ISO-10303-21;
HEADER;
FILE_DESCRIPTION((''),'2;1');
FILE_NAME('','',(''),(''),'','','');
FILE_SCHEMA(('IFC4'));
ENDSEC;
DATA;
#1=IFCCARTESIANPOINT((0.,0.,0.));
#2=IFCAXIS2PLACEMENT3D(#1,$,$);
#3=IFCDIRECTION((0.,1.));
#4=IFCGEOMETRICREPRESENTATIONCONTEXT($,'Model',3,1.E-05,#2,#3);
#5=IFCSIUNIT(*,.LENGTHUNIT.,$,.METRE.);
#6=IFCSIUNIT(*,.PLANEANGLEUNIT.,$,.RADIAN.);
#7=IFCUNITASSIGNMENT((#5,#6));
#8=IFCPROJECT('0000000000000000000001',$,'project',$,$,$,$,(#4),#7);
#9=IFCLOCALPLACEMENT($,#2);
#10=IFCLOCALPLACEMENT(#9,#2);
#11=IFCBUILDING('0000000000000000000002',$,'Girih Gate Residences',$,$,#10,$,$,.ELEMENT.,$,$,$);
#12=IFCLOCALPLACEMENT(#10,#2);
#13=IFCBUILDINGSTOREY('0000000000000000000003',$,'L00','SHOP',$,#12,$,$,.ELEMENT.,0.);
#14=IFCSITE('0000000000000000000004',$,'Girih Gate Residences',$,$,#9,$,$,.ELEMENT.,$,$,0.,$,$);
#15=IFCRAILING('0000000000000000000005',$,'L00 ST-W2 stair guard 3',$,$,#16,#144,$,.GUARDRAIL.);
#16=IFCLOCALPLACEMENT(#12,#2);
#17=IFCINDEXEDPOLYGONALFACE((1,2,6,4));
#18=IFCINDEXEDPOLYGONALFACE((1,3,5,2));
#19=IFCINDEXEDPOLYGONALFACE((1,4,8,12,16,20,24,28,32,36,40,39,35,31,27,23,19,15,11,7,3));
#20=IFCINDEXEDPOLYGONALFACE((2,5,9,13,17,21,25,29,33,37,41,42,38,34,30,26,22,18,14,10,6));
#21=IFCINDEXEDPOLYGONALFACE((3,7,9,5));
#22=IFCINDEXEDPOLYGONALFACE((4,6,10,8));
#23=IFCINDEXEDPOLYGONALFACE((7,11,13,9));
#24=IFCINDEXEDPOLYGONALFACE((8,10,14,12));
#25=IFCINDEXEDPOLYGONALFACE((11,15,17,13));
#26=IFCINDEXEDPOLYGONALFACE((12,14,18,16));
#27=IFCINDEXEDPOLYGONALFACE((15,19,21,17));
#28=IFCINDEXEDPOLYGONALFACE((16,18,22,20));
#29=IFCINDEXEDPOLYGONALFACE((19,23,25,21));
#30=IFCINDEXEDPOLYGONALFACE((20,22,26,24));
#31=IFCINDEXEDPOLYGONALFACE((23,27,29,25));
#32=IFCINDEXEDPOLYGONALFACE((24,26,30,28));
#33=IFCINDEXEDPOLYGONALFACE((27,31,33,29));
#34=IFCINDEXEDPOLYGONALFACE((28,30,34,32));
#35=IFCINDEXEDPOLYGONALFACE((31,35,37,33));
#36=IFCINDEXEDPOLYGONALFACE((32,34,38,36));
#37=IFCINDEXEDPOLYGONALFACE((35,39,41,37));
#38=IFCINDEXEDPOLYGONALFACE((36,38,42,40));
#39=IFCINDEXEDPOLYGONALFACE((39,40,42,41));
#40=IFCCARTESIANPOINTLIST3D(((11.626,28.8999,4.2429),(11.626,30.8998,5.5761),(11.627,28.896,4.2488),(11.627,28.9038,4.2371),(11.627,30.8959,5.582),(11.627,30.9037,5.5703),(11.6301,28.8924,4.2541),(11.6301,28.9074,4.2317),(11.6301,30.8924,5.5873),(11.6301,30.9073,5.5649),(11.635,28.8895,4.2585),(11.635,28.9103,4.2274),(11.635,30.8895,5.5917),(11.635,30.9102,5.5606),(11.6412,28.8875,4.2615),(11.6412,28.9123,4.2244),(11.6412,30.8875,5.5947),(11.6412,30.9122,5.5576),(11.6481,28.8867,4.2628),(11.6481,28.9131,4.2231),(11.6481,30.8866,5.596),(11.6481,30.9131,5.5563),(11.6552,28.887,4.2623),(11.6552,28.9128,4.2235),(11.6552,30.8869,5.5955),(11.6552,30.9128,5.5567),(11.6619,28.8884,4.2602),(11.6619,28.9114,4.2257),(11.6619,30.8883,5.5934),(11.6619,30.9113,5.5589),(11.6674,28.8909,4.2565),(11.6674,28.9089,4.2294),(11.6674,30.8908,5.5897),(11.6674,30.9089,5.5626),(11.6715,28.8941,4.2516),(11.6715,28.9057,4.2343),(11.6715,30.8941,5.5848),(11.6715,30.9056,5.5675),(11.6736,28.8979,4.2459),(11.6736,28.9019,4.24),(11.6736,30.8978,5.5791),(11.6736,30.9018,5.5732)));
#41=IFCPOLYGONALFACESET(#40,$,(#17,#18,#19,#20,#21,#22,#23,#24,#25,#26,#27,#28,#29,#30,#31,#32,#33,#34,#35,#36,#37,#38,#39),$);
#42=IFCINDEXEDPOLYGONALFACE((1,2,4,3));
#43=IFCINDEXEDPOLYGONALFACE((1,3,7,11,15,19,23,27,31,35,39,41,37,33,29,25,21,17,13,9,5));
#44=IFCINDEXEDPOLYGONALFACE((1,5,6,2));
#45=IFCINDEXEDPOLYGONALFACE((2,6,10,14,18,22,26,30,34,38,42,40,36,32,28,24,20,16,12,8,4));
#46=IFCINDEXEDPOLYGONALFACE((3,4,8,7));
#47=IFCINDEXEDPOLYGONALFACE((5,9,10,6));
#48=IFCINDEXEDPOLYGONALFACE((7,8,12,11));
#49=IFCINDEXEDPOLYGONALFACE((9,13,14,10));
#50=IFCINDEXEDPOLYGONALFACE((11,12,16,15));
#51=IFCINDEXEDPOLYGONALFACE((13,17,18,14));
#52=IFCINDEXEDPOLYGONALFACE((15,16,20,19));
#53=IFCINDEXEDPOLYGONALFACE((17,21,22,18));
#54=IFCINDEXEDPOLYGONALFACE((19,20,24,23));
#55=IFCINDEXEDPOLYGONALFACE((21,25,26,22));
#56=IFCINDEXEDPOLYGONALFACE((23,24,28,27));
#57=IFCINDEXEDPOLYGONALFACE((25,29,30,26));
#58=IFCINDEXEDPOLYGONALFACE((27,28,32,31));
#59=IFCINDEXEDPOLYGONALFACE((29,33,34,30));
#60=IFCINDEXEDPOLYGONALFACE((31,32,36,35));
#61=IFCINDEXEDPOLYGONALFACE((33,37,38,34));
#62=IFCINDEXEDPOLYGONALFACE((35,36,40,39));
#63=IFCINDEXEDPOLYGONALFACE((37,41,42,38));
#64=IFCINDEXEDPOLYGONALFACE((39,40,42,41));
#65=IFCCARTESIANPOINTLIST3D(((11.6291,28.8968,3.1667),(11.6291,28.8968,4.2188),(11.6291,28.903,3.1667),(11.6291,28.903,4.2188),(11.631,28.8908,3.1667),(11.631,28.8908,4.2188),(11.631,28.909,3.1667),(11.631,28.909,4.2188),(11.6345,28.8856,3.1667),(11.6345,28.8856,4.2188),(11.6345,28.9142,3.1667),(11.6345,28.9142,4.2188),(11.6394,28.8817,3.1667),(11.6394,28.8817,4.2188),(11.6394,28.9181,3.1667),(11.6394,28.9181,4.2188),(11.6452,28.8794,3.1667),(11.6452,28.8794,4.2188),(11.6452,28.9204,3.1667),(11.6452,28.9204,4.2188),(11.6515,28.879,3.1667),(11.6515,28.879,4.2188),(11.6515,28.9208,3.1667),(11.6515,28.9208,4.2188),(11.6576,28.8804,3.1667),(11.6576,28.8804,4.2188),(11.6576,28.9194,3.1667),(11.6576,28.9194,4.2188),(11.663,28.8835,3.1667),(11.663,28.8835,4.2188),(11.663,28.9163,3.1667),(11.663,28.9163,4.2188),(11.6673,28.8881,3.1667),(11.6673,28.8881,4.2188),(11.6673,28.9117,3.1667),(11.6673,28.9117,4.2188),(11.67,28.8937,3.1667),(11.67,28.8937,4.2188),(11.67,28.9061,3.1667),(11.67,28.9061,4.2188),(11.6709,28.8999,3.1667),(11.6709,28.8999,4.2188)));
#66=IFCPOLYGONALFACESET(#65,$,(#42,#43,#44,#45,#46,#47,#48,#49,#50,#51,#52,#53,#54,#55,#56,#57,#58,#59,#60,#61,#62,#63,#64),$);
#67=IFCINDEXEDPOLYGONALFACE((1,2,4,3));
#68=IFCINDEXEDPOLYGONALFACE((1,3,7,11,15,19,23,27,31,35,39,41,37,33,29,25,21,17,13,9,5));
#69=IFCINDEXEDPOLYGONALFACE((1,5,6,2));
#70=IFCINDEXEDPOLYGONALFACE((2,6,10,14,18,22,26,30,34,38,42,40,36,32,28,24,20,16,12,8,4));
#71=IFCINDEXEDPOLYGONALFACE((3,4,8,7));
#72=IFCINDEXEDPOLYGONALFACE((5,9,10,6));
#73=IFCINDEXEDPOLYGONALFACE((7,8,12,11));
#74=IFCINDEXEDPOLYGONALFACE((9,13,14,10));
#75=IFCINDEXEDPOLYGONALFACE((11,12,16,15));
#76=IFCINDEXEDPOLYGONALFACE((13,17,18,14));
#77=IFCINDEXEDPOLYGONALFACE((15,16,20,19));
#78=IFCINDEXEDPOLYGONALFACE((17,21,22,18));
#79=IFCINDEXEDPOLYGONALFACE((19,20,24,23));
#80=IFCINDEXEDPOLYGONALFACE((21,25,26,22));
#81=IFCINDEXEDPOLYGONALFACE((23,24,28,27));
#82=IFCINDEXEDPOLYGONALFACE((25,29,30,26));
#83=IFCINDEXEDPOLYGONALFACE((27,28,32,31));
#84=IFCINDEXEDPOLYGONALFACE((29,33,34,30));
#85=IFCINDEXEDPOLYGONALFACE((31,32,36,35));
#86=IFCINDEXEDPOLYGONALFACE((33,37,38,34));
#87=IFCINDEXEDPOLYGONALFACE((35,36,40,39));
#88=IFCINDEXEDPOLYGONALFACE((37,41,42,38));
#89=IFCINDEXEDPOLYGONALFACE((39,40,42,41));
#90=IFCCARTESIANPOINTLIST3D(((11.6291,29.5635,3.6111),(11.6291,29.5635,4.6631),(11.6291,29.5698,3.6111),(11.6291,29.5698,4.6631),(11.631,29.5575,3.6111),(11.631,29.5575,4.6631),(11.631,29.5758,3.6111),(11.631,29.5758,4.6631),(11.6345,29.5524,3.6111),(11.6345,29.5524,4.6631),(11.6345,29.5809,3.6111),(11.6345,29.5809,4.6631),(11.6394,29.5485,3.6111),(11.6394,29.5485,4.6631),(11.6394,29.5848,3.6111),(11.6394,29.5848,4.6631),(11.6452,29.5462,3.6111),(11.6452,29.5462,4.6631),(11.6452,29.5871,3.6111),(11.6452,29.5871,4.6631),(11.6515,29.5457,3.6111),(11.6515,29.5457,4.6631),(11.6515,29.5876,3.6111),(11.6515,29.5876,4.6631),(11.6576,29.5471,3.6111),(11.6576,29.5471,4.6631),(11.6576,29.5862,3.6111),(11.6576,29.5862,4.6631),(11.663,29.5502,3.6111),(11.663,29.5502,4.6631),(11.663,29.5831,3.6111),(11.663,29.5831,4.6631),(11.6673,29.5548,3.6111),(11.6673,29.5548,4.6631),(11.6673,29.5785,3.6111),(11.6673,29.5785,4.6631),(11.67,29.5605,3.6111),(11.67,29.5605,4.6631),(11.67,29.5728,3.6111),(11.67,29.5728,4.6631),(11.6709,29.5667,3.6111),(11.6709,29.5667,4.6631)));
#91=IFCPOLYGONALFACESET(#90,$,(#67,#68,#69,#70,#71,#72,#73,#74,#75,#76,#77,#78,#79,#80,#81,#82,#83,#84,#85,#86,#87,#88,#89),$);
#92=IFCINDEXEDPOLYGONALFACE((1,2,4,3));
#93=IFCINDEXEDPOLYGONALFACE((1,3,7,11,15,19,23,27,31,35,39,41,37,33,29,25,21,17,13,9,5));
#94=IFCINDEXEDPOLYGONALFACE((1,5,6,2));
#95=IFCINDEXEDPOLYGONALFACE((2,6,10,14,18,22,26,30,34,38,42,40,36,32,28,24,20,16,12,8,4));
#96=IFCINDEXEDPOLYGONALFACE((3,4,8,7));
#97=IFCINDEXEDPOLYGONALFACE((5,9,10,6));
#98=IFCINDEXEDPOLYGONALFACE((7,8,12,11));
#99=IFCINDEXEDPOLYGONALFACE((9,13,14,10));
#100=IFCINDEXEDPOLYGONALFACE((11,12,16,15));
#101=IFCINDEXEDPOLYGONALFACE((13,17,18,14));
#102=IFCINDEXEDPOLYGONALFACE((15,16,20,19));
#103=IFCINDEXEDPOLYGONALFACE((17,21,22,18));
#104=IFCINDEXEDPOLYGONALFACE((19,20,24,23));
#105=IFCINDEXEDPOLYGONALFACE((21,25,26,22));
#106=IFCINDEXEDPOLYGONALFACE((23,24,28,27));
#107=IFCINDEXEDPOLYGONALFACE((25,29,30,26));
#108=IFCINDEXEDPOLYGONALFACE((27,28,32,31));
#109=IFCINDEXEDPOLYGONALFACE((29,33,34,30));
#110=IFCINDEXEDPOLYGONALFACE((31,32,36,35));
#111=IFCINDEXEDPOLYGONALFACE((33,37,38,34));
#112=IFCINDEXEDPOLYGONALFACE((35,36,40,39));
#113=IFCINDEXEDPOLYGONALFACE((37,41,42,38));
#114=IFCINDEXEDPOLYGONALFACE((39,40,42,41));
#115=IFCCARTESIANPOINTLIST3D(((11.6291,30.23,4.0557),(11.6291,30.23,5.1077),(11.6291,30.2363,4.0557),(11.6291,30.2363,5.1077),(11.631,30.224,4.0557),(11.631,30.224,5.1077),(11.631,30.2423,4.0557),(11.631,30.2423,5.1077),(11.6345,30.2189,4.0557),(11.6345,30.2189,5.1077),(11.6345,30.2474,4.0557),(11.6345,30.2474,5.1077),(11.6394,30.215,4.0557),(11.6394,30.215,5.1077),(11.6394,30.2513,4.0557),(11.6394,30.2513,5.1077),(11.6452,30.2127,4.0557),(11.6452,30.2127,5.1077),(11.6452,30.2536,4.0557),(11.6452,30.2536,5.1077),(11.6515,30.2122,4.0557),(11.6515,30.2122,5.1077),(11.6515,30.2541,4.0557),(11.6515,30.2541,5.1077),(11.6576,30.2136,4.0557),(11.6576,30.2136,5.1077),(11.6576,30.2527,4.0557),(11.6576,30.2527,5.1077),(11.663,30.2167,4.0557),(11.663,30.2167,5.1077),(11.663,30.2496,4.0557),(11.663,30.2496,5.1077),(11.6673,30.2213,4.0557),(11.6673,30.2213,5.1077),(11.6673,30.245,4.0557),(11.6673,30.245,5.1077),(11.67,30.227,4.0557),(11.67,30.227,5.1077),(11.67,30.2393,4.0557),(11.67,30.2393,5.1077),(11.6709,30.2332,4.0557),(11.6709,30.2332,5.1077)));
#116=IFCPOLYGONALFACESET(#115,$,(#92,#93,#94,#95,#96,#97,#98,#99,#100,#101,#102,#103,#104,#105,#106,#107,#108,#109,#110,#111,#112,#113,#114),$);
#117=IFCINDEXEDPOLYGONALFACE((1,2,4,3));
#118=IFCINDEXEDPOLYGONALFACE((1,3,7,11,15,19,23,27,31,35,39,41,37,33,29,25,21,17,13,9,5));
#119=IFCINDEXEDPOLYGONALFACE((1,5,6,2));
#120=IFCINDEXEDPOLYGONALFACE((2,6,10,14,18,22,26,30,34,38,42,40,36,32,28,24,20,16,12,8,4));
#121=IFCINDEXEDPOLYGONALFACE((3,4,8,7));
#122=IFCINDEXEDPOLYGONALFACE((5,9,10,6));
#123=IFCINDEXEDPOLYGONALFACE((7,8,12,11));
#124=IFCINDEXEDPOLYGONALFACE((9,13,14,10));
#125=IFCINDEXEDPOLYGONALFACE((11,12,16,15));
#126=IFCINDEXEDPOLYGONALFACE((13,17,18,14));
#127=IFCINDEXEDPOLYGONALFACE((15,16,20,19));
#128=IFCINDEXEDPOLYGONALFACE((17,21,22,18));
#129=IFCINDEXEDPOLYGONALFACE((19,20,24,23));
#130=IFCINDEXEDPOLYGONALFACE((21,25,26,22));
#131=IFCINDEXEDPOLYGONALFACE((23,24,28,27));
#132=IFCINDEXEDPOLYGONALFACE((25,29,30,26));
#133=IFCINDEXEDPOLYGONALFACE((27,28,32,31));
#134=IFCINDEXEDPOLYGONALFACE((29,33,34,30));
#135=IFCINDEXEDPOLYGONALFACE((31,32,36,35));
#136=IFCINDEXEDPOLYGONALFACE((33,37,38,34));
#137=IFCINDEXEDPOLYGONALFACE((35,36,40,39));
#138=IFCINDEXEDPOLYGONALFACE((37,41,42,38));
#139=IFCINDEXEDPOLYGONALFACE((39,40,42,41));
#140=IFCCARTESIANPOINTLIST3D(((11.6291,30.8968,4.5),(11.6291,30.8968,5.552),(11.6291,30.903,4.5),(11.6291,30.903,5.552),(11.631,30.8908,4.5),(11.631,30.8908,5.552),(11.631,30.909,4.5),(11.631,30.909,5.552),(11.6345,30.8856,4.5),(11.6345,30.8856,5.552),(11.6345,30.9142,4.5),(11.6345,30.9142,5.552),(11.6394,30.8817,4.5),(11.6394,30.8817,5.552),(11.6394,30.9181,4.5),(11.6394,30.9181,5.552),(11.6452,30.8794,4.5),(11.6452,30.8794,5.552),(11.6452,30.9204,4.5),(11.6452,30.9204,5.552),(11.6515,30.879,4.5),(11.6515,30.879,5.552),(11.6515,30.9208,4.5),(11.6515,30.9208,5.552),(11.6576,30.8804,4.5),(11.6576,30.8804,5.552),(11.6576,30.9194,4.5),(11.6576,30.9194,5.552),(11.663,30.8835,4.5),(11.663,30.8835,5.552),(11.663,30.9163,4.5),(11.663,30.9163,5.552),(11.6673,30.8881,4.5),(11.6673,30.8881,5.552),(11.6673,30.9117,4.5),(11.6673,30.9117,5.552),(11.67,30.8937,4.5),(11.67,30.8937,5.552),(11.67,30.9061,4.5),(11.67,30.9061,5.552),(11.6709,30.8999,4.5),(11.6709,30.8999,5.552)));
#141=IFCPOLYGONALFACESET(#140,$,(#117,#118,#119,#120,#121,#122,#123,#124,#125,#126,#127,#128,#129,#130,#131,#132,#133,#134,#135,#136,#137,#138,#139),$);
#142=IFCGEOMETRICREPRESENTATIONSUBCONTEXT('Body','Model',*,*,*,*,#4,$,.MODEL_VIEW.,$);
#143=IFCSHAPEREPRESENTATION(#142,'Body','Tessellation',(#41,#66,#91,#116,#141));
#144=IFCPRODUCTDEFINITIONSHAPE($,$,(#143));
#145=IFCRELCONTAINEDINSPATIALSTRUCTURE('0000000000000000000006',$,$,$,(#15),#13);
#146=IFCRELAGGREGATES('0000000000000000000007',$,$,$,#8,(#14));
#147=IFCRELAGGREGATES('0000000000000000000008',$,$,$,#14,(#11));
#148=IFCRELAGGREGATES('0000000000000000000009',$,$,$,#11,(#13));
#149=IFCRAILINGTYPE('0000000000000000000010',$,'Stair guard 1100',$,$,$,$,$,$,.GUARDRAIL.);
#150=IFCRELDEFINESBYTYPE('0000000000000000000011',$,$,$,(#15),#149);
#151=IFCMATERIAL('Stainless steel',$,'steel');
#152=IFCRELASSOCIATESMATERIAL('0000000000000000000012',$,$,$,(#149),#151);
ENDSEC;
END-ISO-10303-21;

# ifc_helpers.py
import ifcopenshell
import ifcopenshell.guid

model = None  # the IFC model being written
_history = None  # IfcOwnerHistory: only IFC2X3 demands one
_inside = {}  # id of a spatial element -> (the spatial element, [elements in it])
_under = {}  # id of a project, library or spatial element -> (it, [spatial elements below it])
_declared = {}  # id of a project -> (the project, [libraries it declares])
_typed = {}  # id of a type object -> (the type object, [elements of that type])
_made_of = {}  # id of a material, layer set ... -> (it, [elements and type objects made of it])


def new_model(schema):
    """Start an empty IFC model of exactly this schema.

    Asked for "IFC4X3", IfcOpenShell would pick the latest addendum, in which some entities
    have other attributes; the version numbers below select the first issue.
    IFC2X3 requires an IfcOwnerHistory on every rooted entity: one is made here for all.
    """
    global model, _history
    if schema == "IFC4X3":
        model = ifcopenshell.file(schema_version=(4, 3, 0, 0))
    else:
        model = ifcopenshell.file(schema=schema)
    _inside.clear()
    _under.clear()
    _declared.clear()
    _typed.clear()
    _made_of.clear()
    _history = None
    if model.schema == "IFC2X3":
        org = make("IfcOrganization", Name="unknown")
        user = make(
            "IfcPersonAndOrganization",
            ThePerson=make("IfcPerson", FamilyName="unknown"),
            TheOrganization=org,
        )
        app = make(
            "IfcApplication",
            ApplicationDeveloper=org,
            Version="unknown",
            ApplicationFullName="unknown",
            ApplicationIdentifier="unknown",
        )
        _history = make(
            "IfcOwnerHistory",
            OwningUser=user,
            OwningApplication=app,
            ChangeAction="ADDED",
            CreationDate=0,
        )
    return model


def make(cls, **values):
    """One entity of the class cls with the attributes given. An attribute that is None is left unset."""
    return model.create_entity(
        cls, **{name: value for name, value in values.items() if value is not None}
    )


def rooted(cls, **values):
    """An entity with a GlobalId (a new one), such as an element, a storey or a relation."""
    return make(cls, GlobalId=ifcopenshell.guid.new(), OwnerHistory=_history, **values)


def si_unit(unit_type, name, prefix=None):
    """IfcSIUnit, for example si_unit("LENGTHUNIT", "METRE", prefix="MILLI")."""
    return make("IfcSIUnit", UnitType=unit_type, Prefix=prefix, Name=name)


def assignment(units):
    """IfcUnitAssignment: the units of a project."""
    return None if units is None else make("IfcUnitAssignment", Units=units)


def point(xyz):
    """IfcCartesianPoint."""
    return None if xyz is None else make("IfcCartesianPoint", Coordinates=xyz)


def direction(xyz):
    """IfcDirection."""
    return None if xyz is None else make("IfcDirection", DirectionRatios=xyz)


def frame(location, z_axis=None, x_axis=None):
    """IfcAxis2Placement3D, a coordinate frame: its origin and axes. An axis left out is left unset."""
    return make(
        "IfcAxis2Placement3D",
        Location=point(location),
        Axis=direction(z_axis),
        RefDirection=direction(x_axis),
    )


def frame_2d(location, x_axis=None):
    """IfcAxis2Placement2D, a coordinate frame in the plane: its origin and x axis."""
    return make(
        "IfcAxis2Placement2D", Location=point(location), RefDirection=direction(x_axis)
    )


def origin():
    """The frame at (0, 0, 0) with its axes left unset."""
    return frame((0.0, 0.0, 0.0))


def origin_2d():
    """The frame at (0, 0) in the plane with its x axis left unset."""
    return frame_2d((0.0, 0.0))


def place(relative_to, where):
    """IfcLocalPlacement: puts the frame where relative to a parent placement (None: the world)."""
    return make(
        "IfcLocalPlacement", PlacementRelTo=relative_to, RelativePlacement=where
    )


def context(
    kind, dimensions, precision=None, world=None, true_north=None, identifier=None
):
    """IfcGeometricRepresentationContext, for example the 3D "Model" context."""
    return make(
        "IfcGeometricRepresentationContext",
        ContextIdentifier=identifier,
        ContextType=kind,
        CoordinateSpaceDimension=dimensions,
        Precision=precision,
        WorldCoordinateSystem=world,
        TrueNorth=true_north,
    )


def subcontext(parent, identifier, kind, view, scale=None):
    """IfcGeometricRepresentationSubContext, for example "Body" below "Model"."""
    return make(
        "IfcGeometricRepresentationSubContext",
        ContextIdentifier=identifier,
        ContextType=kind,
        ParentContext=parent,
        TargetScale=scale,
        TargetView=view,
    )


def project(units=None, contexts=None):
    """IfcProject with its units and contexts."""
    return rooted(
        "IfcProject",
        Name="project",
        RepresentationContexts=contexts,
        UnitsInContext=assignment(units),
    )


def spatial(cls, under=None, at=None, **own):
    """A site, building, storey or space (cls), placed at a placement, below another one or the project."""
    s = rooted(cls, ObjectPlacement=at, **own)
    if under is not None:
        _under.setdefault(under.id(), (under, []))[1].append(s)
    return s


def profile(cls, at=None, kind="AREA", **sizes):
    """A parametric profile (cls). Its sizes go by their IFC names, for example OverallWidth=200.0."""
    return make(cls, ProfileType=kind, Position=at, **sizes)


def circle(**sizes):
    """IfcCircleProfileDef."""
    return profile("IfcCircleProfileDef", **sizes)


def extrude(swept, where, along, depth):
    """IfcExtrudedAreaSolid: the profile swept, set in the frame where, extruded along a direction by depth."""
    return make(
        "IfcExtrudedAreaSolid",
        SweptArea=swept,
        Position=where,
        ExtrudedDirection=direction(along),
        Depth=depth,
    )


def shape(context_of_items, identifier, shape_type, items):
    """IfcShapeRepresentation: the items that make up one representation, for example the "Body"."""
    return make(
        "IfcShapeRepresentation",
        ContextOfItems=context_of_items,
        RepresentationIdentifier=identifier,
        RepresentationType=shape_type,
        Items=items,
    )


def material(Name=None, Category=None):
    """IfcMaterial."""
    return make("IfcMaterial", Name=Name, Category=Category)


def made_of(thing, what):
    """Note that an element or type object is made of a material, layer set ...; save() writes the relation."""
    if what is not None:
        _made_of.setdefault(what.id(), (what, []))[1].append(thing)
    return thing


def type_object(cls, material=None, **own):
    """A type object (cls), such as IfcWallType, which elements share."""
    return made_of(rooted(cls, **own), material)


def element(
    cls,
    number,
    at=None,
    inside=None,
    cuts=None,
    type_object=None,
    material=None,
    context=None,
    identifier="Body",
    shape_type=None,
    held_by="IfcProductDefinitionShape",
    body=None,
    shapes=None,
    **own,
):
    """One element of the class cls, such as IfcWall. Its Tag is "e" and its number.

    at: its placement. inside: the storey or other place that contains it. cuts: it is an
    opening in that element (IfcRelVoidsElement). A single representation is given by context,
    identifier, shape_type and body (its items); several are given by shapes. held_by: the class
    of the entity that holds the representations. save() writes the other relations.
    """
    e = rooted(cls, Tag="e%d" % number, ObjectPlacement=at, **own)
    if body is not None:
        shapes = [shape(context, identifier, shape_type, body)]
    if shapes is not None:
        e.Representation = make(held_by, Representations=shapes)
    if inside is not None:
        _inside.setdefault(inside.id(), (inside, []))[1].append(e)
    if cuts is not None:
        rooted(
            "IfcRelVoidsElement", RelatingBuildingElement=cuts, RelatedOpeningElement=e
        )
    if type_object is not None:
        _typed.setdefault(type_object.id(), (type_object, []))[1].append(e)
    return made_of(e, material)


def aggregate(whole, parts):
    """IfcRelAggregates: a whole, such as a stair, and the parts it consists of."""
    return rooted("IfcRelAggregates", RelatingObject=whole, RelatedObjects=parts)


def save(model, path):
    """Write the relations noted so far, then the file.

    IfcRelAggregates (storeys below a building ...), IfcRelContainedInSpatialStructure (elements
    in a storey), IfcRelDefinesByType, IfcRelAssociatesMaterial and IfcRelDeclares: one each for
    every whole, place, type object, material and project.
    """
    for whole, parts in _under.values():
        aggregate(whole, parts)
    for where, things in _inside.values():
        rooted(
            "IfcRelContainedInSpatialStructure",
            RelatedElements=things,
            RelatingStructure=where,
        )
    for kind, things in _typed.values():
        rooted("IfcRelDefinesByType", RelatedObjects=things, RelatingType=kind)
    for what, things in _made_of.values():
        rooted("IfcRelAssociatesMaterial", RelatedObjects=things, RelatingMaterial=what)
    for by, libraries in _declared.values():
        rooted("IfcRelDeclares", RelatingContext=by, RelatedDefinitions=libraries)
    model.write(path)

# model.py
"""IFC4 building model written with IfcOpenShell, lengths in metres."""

from ifc_helpers import new_model, si_unit, direction, frame, origin, origin_2d, place, context, subcontext, project, spatial, circle, extrude, material, type_object, element, save


model = new_model("IFC4")

# Units and contexts
model_context = context("Model", 3, precision=1e-05, world=origin(), true_north=direction((0.0, 1.0)))
body_context = subcontext(model_context, "Body", "Model", "MODEL_VIEW")
ifc_project = project(units=[si_unit("LENGTHUNIT", "METRE"), si_unit("PLANEANGLEUNIT", "RADIAN")], contexts=[model_context])

# Site, building, storey
site_placement = place(None, origin())
site = spatial("IfcSite", under=ifc_project, at=site_placement, Name="Girih Gate Residences", CompositionType="ELEMENT", RefElevation=0.0)
building_placement = place(site_placement, origin())
building = spatial("IfcBuilding", under=site, at=building_placement, Name="Girih Gate Residences", CompositionType="ELEMENT")
storey_placement = place(building_placement, origin())
storey = spatial("IfcBuildingStorey", under=building, at=storey_placement, Name="L00", Description="SHOP", CompositionType="ELEMENT", Elevation=0.0)

# Railing
ifc_material_1 = material(Name="Stainless steel", Category="steel")
railing_type_1 = type_object("IfcRailingType", Name="Stair guard 1100", PredefinedType="GUARDRAIL", material=ifc_material_1)
railing_1_placement = place(storey_placement, frame((11.6499, 28.8999, 3.1667)))
element("IfcRailing", 1, at=railing_1_placement, inside=storey, type_object=railing_type_1, Name="L00 ST-W2 stair guard 3", PredefinedType="GUARDRAIL", context=body_context, shape_type="SweptSolid", body=[
    extrude(circle(Radius=0.0239, at=origin_2d()), frame((0.0, 0.0, 1.0762), z_axis=(0.0, 0.832066, 0.554677), x_axis=(-1.0, 0.0, 0.0)), (0.0, 0.0, 1.0), 2.4036),
    extrude(circle(Radius=0.021, at=origin_2d()), origin(), (0.0, 0.0, 1.0), 1.052),
    extrude(circle(Radius=0.021, at=origin_2d()), frame((0.0, 0.6667, 0.4443)), (0.0, 0.0, 1.0), 1.052),
    extrude(circle(Radius=0.021, at=origin_2d()), frame((0.0, 1.3333, 0.8889)), (0.0, 0.0, 1.0), 1.052),
    extrude(circle(Radius=0.021, at=origin_2d()), frame((0.0, 2.0, 1.3333)), (0.0, 0.0, 1.0), 1.052),
])

save(model, "model.ifc")
